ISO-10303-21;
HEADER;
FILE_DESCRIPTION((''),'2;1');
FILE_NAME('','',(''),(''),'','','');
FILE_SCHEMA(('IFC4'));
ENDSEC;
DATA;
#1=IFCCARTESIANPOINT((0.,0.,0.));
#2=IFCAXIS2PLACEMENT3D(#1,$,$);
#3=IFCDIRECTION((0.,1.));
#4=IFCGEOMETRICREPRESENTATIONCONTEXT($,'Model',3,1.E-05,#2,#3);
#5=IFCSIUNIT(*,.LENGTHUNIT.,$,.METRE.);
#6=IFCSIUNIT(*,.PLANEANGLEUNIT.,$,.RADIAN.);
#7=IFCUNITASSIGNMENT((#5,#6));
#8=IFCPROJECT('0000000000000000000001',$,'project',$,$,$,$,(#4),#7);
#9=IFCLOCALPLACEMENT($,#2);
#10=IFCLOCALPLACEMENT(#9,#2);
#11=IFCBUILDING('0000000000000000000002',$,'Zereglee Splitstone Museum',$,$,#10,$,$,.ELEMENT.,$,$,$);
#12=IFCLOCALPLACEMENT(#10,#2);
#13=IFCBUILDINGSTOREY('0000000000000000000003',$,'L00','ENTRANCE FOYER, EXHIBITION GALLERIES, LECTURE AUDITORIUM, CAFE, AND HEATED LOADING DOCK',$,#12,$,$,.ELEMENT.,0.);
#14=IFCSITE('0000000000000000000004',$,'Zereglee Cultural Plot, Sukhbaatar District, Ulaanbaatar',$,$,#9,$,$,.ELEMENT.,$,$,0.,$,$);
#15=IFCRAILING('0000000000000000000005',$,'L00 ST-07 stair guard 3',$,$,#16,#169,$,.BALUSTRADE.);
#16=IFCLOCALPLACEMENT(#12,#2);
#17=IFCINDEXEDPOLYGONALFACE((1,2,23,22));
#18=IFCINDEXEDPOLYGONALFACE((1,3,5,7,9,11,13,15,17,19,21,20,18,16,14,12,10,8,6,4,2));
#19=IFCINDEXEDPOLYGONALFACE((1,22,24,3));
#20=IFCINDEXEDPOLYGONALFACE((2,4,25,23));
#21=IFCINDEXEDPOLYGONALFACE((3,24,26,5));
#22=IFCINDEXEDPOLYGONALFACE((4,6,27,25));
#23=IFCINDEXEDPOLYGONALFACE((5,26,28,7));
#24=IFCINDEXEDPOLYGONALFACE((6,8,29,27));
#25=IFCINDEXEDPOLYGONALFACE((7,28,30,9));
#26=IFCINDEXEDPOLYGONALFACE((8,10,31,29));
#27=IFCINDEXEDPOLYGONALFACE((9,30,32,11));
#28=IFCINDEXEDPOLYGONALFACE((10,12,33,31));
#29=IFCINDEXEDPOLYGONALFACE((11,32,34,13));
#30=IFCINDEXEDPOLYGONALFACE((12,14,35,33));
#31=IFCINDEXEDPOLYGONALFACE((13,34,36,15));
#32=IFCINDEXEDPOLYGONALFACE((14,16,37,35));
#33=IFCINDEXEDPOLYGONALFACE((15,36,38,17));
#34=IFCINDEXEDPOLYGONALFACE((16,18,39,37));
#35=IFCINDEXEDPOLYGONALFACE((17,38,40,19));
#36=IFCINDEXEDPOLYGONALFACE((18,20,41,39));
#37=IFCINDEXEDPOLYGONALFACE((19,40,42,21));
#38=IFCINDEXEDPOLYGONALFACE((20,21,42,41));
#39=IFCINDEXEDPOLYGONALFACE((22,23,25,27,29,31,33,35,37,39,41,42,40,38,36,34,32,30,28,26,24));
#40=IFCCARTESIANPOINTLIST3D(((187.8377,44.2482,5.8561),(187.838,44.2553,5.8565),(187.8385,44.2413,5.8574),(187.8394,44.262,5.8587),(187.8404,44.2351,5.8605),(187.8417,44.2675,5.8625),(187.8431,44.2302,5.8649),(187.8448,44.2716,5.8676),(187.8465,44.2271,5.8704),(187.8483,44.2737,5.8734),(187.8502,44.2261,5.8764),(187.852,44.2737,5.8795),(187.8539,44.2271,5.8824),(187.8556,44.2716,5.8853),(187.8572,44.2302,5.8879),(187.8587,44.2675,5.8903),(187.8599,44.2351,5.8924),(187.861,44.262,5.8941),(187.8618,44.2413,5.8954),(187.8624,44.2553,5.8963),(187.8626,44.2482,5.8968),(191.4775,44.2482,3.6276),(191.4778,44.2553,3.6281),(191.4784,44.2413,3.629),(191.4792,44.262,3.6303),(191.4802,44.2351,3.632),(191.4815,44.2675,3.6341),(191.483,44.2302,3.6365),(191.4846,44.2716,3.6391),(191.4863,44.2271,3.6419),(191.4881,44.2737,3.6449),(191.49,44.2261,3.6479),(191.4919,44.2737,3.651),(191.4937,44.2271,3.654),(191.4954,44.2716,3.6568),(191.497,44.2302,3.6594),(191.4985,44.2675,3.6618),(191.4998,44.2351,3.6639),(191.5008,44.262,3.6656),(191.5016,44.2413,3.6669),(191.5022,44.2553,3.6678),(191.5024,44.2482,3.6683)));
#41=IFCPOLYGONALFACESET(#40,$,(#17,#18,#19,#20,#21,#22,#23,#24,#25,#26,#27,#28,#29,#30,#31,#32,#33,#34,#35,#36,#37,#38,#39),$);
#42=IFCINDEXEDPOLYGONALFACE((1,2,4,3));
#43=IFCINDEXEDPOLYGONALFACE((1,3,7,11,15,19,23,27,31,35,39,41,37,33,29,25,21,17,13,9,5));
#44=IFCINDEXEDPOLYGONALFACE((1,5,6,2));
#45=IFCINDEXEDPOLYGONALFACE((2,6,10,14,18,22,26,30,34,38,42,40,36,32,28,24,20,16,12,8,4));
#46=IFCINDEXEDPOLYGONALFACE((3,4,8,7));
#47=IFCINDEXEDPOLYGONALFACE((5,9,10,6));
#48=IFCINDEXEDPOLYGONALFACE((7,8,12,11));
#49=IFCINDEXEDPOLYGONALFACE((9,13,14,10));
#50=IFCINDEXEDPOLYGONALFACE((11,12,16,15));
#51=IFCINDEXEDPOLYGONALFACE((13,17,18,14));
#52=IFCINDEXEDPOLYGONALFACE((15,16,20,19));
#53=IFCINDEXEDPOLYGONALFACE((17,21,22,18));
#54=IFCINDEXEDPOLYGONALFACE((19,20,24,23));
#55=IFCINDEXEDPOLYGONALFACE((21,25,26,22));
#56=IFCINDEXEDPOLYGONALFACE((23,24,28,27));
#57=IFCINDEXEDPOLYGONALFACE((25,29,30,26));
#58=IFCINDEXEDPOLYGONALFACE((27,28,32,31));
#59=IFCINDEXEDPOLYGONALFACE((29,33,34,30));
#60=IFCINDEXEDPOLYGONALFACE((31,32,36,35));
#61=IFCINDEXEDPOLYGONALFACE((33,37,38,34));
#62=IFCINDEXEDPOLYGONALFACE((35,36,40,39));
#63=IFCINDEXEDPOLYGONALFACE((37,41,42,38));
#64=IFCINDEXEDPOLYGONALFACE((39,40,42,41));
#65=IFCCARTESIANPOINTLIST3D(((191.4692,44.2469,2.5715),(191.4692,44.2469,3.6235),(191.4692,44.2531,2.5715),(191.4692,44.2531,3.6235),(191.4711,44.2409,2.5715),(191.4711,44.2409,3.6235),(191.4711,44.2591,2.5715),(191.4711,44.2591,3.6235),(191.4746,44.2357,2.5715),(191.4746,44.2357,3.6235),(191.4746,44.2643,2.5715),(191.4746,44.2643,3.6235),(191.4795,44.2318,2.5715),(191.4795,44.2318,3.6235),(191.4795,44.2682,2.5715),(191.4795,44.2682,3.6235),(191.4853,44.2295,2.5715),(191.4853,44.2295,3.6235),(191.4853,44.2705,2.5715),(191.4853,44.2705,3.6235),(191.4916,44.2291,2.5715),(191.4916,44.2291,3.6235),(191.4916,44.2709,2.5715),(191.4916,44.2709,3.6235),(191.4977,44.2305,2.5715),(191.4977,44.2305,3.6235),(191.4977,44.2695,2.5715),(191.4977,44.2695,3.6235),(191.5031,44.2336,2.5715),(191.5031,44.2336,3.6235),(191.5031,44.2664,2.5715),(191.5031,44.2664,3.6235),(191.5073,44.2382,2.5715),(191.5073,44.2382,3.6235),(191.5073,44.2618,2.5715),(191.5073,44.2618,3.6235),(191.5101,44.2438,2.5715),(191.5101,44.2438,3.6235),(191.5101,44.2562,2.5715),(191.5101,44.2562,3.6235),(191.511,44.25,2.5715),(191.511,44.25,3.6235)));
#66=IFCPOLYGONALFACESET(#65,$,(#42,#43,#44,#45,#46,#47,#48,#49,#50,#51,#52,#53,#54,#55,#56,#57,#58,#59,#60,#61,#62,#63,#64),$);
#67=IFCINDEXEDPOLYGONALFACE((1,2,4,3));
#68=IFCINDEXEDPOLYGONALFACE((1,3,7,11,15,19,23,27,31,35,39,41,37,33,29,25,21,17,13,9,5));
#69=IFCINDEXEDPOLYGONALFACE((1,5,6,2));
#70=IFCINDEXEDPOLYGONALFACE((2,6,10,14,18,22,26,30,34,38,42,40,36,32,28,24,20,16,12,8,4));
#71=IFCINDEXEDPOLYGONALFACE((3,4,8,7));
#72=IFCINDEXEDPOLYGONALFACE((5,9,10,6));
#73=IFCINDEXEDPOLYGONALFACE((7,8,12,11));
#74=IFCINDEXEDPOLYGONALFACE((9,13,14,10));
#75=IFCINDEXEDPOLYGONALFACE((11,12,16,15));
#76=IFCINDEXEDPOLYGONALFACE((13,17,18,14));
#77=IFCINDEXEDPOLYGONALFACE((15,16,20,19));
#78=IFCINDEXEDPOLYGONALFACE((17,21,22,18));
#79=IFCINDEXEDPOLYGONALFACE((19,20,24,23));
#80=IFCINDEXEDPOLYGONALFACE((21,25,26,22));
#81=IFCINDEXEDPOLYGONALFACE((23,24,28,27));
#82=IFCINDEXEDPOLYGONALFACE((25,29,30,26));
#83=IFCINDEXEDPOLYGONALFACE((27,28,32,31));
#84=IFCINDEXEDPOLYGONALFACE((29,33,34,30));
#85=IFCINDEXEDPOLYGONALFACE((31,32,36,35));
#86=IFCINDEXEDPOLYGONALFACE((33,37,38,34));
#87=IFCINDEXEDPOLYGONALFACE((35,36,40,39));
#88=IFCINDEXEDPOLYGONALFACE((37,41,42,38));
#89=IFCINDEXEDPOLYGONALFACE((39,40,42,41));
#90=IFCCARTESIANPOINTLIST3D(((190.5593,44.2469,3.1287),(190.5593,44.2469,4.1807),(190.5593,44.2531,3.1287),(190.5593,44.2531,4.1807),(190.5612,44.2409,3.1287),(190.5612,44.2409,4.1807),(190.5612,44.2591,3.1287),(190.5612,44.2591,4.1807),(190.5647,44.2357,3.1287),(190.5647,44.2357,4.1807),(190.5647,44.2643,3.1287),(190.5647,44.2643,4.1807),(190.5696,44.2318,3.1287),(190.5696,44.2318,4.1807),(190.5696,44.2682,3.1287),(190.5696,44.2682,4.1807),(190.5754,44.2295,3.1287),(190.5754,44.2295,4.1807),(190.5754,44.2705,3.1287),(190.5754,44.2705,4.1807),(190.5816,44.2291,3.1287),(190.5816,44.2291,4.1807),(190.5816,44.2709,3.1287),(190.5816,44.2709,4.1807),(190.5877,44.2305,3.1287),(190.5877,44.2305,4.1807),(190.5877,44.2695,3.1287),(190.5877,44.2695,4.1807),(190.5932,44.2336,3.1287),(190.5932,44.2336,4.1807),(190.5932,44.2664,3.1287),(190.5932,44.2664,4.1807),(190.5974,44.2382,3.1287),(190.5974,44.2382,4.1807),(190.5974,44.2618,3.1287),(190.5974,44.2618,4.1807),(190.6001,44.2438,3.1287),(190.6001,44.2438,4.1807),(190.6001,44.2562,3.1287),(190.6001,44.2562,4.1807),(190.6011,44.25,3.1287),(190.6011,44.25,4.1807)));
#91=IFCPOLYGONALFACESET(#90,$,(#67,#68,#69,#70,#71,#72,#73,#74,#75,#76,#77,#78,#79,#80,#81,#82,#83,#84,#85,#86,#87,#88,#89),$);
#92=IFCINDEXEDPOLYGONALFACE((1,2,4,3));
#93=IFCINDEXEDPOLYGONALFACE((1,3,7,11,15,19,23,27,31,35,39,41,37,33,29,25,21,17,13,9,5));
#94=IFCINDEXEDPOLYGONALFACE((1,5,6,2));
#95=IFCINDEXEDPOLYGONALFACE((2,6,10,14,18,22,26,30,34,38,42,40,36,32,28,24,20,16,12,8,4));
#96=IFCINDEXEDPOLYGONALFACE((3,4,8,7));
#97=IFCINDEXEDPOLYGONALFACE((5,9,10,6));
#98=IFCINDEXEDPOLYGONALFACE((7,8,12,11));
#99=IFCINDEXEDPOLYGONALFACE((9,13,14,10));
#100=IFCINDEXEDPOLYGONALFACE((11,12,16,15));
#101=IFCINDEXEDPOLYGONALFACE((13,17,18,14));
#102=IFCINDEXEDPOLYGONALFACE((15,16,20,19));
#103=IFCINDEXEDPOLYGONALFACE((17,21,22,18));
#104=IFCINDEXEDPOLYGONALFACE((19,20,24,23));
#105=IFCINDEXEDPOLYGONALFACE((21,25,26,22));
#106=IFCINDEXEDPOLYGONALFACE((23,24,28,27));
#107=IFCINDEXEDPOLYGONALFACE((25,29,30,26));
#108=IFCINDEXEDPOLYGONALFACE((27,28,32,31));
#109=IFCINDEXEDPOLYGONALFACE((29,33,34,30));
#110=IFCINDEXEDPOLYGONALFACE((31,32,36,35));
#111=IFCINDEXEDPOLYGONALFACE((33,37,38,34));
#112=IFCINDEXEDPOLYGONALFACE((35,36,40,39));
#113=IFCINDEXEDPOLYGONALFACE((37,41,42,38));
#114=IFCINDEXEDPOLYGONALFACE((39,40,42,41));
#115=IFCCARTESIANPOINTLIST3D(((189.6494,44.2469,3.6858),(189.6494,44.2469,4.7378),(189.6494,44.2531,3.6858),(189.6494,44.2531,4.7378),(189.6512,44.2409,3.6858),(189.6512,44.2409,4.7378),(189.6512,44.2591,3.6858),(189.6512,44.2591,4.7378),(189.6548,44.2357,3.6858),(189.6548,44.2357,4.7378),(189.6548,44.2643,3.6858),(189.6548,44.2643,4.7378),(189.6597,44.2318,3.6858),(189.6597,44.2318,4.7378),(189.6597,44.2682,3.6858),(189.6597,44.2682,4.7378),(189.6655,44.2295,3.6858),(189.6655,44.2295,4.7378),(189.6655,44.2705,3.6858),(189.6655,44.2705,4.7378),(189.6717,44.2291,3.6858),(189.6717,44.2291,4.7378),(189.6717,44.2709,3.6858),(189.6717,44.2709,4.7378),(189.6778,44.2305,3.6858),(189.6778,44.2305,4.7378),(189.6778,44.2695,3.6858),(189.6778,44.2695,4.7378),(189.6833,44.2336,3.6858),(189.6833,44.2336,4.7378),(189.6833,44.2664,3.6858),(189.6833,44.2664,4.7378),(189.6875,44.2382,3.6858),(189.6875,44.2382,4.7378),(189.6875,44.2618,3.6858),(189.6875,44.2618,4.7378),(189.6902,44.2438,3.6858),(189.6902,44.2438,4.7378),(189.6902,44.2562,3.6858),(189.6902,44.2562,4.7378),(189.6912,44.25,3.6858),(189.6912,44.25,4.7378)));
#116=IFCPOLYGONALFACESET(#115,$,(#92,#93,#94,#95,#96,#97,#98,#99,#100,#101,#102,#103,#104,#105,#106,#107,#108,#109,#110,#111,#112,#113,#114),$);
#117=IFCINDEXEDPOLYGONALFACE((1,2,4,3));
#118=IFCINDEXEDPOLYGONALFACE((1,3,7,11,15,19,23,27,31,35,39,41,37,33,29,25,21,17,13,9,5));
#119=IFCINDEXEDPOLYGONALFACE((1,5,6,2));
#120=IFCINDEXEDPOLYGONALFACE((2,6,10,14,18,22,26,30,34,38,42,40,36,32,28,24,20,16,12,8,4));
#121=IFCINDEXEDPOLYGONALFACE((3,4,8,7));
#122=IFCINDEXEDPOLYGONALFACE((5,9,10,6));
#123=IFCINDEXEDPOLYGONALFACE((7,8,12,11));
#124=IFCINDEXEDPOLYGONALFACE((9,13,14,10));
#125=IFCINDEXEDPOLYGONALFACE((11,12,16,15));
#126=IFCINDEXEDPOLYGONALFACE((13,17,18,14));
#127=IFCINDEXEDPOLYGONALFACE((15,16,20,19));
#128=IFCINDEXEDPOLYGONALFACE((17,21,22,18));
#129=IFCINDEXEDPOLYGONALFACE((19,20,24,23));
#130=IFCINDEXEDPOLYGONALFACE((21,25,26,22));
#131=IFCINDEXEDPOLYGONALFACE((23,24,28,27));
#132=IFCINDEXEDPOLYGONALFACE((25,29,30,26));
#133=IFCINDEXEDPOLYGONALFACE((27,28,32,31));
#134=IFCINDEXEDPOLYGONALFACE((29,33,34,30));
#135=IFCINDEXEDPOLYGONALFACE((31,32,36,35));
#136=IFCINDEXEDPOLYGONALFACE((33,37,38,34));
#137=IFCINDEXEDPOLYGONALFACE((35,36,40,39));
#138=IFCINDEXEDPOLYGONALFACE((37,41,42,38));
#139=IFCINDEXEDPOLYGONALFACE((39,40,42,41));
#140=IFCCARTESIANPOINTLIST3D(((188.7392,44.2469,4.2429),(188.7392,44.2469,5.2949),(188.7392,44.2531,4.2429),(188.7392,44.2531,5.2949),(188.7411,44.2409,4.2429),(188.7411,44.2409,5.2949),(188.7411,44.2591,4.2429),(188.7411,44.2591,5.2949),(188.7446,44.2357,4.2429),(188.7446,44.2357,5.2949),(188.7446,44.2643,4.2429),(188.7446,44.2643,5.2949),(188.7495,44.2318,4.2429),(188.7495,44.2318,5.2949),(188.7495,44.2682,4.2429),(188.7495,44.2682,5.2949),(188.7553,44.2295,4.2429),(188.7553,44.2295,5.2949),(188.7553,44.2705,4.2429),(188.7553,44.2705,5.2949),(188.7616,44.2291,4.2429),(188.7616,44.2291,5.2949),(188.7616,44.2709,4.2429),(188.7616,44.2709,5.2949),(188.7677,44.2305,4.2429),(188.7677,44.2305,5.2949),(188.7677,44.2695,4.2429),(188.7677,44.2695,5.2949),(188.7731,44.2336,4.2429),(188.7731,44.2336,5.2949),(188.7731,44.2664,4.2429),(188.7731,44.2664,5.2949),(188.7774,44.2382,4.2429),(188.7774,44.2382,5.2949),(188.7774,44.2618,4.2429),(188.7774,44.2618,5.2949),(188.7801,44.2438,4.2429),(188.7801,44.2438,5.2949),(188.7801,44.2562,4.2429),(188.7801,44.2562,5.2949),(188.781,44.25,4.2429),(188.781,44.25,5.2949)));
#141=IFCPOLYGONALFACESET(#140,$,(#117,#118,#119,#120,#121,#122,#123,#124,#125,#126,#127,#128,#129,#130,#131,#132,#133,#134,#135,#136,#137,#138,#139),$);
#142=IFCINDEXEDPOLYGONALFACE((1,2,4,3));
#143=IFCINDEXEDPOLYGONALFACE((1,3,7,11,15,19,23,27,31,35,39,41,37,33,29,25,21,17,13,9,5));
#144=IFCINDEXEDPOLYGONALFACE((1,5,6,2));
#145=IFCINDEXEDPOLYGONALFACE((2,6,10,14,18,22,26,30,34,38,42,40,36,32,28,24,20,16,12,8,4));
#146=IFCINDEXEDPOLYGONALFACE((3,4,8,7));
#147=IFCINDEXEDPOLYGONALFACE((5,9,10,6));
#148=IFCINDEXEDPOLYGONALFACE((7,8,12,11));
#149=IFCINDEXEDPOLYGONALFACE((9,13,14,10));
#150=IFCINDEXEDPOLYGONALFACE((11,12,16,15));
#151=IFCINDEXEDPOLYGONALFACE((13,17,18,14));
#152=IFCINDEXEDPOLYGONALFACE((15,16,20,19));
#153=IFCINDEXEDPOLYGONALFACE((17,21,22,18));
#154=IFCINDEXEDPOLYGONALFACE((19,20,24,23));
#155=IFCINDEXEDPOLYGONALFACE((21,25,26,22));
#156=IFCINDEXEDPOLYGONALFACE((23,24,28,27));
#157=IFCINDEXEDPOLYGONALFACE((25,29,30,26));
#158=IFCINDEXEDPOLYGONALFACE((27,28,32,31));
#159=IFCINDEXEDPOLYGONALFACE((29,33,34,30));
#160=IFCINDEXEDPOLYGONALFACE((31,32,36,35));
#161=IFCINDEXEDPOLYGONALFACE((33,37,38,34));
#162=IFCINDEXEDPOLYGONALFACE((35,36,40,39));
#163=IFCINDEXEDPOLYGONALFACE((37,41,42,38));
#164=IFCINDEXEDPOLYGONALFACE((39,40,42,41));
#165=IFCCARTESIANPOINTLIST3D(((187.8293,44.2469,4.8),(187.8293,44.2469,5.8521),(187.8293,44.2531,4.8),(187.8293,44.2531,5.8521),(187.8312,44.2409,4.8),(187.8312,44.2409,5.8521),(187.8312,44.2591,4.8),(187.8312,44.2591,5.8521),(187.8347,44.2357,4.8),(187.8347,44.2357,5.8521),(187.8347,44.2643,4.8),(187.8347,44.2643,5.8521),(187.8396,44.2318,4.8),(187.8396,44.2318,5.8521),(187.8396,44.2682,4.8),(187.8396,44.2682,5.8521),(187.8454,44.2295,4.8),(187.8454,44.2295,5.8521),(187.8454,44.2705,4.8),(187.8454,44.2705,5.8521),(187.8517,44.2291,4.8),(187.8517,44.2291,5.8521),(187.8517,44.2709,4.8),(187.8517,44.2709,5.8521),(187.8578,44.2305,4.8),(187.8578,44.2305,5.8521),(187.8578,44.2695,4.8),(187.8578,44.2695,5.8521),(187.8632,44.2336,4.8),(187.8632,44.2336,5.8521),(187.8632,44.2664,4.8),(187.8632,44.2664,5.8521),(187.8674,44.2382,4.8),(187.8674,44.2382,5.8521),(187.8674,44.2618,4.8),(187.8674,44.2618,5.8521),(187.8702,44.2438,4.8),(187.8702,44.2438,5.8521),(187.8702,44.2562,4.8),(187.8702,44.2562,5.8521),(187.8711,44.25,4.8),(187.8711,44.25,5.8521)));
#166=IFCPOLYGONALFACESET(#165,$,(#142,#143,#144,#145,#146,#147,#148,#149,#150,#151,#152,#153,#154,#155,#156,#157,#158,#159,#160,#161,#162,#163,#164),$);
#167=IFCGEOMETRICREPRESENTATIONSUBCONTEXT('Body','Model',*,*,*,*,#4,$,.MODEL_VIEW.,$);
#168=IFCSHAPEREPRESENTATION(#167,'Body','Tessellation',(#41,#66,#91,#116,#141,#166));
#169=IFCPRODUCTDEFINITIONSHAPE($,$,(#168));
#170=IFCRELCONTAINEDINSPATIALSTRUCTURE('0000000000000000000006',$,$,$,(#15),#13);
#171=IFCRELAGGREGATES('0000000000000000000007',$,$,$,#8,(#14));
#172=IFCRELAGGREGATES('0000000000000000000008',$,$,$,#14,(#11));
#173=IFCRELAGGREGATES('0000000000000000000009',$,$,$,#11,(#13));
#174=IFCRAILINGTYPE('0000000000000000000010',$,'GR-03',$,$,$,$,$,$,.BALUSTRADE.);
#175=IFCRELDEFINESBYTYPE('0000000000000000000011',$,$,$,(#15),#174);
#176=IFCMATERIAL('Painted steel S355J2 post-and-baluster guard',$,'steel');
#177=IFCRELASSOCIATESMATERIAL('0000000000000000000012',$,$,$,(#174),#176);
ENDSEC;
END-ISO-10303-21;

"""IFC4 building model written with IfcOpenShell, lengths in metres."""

from ifc_helpers import new_model, si_unit, direction, frame, origin, origin_2d, place, context, subcontext, project, spatial, circle, extrude, material, type_object, element, save


model = new_model("IFC4")

# Units and contexts
model_context = context("Model", 3, precision=1e-05, world=origin(), true_north=direction((0.0, 1.0)))
body_context = subcontext(model_context, "Body", "Model", "MODEL_VIEW")
ifc_project = project(units=[si_unit("LENGTHUNIT", "METRE"), si_unit("PLANEANGLEUNIT", "RADIAN")], contexts=[model_context])

# Site, building, storey
site_placement = place(None, origin())
site = spatial("IfcSite", under=ifc_project, at=site_placement, Name="Zereglee Cultural Plot, Sukhbaatar District, Ulaanbaatar", CompositionType="ELEMENT", RefElevation=0.0)
building_placement = place(site_placement, origin())
building = spatial("IfcBuilding", under=site, at=building_placement, Name="Zereglee Splitstone Museum", CompositionType="ELEMENT")
storey_placement = place(building_placement, origin())
storey = spatial("IfcBuildingStorey", under=building, at=storey_placement, Name="L00", Description="ENTRANCE FOYER, EXHIBITION GALLERIES, LECTURE AUDITORIUM, CAFE, AND HEATED LOADING DOCK", CompositionType="ELEMENT", Elevation=0.0)

# Railing
ifc_material_1 = material(Name="Painted steel S355J2 post-and-baluster guard", Category="steel")
railing_type_1 = type_object("IfcRailingType", Name="GR-03", PredefinedType="BALUSTRADE", material=ifc_material_1)
railing_1_placement = place(storey_placement, frame((191.49, 44.25, 2.5715)))
element("IfcRailing", 1, at=railing_1_placement, inside=storey, type_object=railing_type_1, Name="L00 ST-07 stair guard 3", PredefinedType="BALUSTRADE", context=body_context, shape_type="SweptSolid", body=[
    extrude(circle(Radius=0.0239, at=origin_2d()), frame((0.0, 0.0, 1.0764), z_axis=(-0.85285, 0.0, 0.522156), x_axis=(0.0, -1.0, 0.0)), (0.0, 0.0, 1.0), 4.2678),
    extrude(circle(Radius=0.021, at=origin_2d()), origin(), (0.0, 0.0, 1.0), 1.052),
    extrude(circle(Radius=0.021, at=origin_2d()), frame((-0.9099, 0.0, 0.5571)), (0.0, 0.0, 1.0), 1.052),
    extrude(circle(Radius=0.021, at=origin_2d()), frame((-1.8198, 0.0, 1.1143)), (0.0, 0.0, 1.0), 1.052),
    extrude(circle(Radius=0.021, at=origin_2d()), frame((-2.73, 0.0, 1.6714)), (0.0, 0.0, 1.0), 1.052),
    extrude(circle(Radius=0.021, at=origin_2d()), frame((-3.6399, 0.0, 2.2285)), (0.0, 0.0, 1.0), 1.052),
])

save(model, "model.ifc")
